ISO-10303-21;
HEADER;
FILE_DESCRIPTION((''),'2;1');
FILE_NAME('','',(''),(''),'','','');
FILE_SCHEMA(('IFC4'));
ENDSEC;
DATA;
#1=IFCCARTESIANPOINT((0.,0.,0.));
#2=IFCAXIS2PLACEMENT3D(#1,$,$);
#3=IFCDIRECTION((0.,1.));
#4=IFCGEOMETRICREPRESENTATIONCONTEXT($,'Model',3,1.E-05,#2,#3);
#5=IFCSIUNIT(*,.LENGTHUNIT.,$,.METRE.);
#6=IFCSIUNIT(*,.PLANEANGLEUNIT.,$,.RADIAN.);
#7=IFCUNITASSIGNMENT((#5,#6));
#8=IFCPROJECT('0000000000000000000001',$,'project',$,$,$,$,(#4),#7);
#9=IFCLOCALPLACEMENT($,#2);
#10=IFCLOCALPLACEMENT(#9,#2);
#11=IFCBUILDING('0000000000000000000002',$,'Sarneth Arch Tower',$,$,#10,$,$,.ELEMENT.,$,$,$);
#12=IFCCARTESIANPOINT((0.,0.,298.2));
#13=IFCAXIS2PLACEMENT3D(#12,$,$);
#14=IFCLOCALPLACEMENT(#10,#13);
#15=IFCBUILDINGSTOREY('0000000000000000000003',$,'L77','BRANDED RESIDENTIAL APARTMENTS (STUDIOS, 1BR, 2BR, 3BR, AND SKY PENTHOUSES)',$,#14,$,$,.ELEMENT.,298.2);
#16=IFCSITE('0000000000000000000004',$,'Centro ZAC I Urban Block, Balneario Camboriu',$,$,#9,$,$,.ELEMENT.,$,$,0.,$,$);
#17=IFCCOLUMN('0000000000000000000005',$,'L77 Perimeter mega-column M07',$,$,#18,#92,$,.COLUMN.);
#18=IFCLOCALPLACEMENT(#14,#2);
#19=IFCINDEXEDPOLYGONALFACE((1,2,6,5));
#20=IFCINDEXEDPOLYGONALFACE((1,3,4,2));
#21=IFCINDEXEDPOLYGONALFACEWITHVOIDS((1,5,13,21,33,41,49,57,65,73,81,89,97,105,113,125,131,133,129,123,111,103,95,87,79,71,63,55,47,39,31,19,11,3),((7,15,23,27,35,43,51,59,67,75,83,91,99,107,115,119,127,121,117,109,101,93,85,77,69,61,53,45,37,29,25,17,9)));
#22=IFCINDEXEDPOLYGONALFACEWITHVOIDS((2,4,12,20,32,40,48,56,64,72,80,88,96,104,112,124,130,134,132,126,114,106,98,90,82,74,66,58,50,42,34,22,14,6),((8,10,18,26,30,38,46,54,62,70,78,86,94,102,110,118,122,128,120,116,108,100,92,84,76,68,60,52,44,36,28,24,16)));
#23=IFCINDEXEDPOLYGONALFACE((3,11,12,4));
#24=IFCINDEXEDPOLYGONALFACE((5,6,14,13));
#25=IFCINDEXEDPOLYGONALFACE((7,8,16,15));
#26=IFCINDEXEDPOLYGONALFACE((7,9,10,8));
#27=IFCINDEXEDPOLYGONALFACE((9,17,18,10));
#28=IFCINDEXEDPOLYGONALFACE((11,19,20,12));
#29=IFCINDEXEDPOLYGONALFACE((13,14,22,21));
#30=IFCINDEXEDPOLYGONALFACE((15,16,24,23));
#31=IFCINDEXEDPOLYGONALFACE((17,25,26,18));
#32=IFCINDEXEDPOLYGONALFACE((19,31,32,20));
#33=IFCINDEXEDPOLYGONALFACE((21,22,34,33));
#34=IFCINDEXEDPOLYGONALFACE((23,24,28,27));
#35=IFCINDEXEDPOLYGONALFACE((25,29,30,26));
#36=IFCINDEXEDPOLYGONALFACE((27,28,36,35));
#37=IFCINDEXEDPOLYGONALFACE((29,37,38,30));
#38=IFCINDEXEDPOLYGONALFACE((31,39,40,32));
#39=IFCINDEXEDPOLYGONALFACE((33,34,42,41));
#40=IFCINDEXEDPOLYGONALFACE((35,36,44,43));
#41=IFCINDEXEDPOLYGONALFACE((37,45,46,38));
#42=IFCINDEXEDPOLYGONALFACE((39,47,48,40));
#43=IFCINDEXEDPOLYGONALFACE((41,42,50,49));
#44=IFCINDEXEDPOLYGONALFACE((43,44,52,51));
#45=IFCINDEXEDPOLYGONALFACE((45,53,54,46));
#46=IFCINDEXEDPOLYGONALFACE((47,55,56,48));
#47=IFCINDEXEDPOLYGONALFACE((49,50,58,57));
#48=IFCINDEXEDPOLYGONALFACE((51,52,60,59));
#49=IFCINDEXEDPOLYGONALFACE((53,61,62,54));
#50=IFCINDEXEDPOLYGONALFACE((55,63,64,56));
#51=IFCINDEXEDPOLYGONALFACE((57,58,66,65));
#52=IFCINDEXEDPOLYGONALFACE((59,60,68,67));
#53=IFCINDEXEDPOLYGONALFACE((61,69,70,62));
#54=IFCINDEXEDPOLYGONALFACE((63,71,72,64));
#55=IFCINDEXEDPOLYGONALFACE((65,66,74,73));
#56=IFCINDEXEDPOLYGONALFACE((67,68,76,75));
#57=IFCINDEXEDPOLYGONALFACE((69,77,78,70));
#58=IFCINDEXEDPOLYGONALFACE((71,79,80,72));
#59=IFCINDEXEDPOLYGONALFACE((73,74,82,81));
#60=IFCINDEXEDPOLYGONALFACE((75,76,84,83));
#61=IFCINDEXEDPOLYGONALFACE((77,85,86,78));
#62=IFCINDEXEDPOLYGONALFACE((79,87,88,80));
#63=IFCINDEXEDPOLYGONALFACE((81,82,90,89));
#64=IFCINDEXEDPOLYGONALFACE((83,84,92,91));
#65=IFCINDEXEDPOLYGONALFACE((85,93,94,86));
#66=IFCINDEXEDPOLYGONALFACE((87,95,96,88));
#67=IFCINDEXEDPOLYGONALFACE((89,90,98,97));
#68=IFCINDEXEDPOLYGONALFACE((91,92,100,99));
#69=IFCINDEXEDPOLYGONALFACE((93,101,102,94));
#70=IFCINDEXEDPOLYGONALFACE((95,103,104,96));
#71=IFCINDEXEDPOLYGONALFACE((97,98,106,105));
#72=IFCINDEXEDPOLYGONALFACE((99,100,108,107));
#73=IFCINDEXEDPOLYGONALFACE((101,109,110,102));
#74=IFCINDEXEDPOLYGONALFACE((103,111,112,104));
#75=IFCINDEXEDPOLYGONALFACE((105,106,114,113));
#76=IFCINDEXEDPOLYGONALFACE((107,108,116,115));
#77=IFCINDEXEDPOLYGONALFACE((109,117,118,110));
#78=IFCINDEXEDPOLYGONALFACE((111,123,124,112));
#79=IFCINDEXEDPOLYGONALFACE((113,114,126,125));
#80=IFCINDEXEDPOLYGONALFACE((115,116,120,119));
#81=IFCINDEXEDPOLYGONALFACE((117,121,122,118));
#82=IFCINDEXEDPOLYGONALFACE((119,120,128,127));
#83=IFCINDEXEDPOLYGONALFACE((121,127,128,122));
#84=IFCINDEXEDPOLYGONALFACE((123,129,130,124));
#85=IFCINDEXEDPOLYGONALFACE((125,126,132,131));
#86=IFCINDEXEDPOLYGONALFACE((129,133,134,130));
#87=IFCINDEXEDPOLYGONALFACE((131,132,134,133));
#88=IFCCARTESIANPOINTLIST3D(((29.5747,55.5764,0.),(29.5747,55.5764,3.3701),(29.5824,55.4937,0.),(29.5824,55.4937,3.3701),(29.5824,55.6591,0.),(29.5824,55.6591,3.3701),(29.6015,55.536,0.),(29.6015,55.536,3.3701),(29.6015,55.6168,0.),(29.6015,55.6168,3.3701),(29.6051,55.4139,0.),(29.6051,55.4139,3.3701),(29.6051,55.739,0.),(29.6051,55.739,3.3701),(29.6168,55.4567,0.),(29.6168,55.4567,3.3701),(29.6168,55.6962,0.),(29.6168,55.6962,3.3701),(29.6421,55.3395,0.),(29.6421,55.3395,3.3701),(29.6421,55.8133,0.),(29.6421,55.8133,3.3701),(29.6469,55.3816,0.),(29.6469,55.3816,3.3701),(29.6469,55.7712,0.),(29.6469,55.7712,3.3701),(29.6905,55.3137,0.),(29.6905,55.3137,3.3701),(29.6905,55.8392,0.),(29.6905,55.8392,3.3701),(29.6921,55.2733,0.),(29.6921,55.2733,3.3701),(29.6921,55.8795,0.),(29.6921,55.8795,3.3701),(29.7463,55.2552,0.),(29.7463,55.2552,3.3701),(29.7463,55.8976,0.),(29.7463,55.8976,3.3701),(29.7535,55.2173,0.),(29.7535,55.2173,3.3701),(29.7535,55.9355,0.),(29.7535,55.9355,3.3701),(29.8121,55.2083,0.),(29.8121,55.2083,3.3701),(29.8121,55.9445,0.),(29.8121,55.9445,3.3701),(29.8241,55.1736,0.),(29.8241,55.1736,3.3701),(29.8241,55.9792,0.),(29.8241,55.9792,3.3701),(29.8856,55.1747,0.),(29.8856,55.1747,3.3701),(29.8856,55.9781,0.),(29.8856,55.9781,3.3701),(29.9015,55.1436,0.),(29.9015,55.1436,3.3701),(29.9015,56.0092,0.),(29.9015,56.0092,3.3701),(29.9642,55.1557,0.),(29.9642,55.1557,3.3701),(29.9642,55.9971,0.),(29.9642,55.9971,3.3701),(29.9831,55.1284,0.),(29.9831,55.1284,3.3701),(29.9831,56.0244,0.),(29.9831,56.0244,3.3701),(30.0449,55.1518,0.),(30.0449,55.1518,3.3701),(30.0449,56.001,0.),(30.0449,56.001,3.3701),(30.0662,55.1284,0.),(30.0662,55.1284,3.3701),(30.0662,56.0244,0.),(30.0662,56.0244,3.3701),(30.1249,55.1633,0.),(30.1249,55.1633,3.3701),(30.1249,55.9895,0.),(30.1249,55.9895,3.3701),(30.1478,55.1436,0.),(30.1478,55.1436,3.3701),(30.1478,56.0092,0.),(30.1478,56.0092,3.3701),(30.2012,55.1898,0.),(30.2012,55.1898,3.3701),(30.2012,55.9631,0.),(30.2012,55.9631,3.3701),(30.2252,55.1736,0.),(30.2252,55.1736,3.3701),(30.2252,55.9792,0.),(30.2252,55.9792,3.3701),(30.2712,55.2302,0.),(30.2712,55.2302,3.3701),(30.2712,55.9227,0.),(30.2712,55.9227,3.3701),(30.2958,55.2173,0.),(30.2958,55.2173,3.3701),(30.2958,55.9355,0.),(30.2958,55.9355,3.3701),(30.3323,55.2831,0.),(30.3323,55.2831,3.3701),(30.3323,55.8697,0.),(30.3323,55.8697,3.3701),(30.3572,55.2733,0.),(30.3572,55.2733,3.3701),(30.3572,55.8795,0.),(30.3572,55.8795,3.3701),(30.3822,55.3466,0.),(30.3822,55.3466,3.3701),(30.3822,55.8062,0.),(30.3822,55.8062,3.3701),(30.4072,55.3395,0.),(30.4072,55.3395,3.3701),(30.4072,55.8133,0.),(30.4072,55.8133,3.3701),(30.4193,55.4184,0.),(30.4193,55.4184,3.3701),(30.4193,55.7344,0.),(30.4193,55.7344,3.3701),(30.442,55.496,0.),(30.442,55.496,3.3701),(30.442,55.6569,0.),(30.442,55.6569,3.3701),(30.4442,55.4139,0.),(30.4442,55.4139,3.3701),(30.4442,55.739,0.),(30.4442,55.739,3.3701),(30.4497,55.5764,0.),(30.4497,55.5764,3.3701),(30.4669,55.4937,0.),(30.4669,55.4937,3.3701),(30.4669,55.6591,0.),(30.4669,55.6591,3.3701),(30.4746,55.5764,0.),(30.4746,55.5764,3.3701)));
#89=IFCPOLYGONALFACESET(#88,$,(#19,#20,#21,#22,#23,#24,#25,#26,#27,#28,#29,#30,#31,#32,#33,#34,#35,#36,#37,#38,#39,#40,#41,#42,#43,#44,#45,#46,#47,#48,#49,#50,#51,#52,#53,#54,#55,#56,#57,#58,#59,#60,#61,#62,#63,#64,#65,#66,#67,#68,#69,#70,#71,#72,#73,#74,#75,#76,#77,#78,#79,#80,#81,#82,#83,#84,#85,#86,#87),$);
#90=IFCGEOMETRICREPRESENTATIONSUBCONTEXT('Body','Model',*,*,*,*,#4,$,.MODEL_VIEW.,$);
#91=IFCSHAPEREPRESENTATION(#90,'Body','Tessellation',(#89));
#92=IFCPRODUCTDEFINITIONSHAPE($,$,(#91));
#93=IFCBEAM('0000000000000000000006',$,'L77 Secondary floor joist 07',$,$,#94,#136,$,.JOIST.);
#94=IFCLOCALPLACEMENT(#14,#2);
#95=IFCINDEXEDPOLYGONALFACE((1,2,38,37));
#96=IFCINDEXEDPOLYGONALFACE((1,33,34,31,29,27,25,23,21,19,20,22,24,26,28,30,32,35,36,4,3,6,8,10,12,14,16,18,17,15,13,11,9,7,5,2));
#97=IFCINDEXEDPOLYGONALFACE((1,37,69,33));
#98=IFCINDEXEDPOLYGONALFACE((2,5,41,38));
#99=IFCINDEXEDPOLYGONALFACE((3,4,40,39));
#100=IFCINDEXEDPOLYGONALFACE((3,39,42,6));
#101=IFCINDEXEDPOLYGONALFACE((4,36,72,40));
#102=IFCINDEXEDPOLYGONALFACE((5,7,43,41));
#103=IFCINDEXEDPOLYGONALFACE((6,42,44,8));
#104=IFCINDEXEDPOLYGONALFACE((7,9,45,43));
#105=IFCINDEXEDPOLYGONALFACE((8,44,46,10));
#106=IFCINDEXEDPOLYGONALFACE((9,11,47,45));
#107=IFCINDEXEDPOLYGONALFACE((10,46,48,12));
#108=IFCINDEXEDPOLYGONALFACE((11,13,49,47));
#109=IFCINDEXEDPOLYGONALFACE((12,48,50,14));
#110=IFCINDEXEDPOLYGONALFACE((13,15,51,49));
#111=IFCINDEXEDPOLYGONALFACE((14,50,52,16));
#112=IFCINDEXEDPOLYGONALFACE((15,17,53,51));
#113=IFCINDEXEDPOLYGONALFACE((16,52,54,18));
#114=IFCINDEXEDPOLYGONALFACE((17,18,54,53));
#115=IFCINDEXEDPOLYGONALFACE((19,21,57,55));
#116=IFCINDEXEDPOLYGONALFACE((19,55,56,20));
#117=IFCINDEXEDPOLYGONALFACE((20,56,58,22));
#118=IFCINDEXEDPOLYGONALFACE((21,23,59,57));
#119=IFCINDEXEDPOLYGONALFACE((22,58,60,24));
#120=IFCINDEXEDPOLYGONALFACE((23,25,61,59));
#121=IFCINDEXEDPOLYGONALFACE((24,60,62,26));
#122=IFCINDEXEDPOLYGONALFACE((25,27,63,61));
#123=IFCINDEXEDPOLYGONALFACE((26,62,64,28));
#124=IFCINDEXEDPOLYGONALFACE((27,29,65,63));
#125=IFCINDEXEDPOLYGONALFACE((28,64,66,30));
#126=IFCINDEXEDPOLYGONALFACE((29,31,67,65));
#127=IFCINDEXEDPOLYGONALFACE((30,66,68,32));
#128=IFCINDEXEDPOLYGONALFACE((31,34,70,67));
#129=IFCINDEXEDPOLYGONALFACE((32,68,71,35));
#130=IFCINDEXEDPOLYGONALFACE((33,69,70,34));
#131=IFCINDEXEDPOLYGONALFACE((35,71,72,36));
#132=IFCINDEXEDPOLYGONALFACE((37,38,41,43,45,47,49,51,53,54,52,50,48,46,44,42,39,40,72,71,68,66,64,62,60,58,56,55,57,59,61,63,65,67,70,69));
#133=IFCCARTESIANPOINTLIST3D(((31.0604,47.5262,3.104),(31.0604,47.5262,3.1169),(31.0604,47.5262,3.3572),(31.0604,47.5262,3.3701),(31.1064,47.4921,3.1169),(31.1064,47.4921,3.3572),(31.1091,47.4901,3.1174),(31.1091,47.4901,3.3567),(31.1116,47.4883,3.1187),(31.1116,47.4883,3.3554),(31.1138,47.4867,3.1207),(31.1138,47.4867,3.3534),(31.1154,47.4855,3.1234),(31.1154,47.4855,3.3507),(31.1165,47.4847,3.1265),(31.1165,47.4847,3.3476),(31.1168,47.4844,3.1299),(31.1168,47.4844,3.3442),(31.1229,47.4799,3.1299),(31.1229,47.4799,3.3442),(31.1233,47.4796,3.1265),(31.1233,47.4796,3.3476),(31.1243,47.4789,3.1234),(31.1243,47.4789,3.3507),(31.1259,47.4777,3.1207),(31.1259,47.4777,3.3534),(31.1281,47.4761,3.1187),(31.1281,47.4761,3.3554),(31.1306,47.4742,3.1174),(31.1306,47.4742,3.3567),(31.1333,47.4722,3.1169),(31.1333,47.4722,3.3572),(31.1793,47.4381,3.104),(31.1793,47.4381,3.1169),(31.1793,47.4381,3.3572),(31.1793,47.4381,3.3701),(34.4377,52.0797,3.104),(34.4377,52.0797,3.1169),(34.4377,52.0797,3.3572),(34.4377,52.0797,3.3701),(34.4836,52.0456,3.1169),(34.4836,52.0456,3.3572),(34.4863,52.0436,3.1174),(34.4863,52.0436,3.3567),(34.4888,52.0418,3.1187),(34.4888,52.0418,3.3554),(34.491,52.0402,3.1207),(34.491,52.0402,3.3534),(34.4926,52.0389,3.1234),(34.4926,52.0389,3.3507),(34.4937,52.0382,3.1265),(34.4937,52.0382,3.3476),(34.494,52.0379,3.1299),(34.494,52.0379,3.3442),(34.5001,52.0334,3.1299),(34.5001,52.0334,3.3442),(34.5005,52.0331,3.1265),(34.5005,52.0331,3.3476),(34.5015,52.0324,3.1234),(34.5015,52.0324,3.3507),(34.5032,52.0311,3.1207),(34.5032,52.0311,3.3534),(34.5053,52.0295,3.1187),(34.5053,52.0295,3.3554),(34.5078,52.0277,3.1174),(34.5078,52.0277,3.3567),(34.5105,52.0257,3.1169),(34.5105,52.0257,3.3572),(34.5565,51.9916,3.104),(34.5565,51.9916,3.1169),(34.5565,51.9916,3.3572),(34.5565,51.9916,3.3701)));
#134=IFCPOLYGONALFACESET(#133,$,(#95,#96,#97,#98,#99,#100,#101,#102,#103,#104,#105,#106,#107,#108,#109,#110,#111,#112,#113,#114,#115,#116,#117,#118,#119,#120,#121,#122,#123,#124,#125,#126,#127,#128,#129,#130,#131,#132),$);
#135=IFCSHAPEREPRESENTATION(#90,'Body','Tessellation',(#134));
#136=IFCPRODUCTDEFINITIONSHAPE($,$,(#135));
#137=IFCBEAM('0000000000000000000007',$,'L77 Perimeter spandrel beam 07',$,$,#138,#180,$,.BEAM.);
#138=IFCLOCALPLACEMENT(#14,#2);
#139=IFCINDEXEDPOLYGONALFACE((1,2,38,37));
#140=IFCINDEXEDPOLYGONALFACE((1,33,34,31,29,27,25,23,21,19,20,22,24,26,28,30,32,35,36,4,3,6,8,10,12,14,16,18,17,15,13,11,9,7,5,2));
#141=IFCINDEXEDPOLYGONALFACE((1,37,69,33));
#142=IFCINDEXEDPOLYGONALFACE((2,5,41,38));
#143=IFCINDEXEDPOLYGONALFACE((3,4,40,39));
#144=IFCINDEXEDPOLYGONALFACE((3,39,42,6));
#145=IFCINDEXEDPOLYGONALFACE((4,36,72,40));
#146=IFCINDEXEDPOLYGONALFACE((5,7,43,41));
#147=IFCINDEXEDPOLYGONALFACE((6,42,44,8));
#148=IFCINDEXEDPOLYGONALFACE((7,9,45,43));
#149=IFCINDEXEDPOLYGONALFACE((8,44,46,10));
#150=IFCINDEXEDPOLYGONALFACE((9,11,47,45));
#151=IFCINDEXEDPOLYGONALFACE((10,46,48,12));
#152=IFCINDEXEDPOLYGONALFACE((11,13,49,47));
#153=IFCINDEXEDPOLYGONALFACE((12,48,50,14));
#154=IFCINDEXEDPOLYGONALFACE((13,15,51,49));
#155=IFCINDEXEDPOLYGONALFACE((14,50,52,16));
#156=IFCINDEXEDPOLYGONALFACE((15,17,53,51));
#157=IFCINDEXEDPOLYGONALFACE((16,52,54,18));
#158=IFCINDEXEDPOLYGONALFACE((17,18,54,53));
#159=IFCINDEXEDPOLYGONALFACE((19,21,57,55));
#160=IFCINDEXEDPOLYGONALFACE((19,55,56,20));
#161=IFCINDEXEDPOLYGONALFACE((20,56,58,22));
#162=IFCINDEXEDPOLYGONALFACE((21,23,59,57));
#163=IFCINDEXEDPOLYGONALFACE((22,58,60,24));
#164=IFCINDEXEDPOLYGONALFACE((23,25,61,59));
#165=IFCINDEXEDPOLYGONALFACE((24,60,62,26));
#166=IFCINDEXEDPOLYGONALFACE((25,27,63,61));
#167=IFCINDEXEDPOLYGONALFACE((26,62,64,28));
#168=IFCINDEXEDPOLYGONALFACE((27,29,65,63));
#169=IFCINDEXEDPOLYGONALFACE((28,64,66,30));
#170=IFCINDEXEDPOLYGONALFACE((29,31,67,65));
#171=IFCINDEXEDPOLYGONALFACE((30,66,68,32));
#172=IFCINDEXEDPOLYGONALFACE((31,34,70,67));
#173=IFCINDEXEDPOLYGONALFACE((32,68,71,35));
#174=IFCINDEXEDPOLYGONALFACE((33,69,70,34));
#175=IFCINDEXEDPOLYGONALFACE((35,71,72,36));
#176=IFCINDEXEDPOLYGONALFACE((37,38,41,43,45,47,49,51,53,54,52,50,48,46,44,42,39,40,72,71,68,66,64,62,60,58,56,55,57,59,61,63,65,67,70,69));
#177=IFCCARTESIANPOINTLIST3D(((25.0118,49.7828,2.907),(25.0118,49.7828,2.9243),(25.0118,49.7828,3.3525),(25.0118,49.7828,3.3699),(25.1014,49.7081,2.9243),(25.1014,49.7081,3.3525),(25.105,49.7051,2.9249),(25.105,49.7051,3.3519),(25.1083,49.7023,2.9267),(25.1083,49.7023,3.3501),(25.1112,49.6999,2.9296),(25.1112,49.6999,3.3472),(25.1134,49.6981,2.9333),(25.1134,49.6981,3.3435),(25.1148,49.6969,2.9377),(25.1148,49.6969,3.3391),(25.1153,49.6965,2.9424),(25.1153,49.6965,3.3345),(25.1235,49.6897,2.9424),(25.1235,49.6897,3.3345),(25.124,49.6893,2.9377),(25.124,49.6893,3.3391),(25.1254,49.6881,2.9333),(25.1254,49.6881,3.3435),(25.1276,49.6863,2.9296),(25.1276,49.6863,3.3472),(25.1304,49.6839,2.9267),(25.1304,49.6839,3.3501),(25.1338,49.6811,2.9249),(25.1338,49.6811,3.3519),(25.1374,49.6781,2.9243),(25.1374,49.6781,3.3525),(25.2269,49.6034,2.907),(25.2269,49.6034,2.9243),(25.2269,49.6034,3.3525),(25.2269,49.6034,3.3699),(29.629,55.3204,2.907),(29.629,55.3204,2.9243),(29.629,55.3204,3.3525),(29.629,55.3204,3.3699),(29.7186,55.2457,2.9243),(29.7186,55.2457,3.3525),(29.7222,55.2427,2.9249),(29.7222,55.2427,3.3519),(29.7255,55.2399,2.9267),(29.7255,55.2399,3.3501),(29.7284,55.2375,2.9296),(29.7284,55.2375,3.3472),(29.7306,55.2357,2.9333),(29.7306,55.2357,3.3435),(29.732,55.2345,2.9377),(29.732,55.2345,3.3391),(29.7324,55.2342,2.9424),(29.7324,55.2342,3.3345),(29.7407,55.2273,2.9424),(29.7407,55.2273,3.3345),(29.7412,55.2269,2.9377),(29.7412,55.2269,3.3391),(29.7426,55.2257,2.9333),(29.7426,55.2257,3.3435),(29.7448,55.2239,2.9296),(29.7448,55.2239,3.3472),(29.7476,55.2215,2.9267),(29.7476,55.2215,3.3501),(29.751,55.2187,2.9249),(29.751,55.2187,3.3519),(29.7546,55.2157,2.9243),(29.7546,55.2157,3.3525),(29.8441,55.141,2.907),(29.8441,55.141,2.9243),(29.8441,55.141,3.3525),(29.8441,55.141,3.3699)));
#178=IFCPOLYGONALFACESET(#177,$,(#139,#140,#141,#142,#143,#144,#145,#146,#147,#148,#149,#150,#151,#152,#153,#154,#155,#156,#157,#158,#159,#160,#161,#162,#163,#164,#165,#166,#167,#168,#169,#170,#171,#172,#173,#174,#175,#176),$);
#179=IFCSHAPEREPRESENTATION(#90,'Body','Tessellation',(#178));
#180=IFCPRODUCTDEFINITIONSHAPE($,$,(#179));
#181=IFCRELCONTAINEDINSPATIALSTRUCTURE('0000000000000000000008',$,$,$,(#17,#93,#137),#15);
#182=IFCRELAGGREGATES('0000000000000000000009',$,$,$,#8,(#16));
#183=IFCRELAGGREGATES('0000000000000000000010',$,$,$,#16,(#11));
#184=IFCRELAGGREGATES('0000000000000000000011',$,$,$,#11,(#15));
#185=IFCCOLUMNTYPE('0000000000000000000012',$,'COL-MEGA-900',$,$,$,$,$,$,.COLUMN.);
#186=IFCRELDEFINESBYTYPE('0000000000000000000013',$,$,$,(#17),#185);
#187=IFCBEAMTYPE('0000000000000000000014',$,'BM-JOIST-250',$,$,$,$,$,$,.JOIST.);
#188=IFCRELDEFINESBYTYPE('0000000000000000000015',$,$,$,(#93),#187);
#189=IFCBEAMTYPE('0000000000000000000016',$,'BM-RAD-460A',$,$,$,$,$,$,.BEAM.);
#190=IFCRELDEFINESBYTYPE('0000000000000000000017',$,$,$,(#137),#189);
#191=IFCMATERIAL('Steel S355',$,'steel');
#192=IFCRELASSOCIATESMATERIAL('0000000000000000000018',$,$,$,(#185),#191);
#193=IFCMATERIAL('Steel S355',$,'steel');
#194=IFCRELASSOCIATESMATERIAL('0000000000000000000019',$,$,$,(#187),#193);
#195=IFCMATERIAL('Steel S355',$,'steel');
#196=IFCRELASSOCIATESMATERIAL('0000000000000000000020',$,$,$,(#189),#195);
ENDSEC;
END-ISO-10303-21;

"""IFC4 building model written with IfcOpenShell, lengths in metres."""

from ifc_helpers import new_model, si_unit, direction, frame, origin, origin_2d, place, context, subcontext, project, spatial, hollow_circle, i_section, extrude, material, material_profile, profile_set, type_object, element, save


model = new_model("IFC4")

# Units and contexts
model_context = context("Model", 3, precision=1e-05, world=origin(), true_north=direction((0.0, 1.0)))
body_context = subcontext(model_context, "Body", "Model", "MODEL_VIEW")
ifc_project = project(units=[si_unit("LENGTHUNIT", "METRE"), si_unit("PLANEANGLEUNIT", "RADIAN")], contexts=[model_context])

# Site, building, storey
site_placement = place(None, origin())
site = spatial("IfcSite", under=ifc_project, at=site_placement, Name="Centro ZAC I Urban Block, Balneario Camboriu", CompositionType="ELEMENT", RefElevation=0.0)
building_placement = place(site_placement, origin())
building = spatial("IfcBuilding", under=site, at=building_placement, Name="Sarneth Arch Tower", CompositionType="ELEMENT")
storey_placement = place(building_placement, frame((0.0, 0.0, 298.2)))
storey = spatial("IfcBuildingStorey", under=building, at=storey_placement, Name="L77", Description="BRANDED RESIDENTIAL APARTMENTS (STUDIOS, 1BR, 2BR, 3BR, AND SKY PENTHOUSES)", CompositionType="ELEMENT", Elevation=298.2)

# Column
ifc_material_1 = material(Name="Steel S355", Category="steel")
ifc_material_profile_1 = material_profile(ifc_material_1, hollow_circle(Radius=0.45, WallThickness=0.0249, at=origin_2d()), Name="CHS900x25")
ifc_profile_set_1 = profile_set([ifc_material_profile_1], Name="Steel S355")
column_type = type_object("IfcColumnType", Name="COL-MEGA-900", PredefinedType="COLUMN", material=ifc_profile_set_1)
column_placement = place(storey_placement, frame((30.0247, 55.5764, 0.0), z_axis=(0.0, 0.0, 1.0), x_axis=(1.0, 0.0, 0.0)))
element("IfcColumn", 1, at=column_placement, inside=storey, type_object=column_type, Name="L77 Perimeter mega-column M07", PredefinedType="COLUMN", context=body_context, shape_type="SweptSolid", body=[
    extrude(hollow_circle(Radius=0.45, WallThickness=0.0249, at=origin_2d()), origin(), (0.0, 0.0, 1.0), 3.3701),
])

# Beams
ifc_material_2 = material(Name="Steel S355", Category="steel")
ifc_material_profile_2 = material_profile(ifc_material_2, i_section(OverallWidth=0.1479, OverallDepth=0.2661, WebThickness=0.0076, FlangeThickness=0.0129, FilletRadius=0.0129, at=origin_2d()), Name="W250x44.8")
ifc_profile_set_2 = profile_set([ifc_material_profile_2], Name="Steel S355")
beam_type_1 = type_object("IfcBeamType", Name="BM-JOIST-250", PredefinedType="JOIST", material=ifc_profile_set_2)
beam_1_placement = place(storey_placement, frame((34.4971, 52.0356, 3.2371), z_axis=(-0.595713, -0.803198, 0.0), x_axis=(0.803198, -0.595713, 0.0)))
element("IfcBeam", 2, at=beam_1_placement, inside=storey, type_object=beam_type_1, Name="L77 Secondary floor joist 07", PredefinedType="JOIST", context=body_context, shape_type="SweptSolid", body=[
    extrude(i_section(OverallWidth=0.1479, OverallDepth=0.2661, WebThickness=0.0076, FlangeThickness=0.0129, FilletRadius=0.0129, at=origin_2d()), origin(), (0.0, 0.0, 1.0), 5.6692),
])
ifc_material_3 = material(Name="Steel S355", Category="steel")
ifc_material_profile_3 = material_profile(ifc_material_3, i_section(OverallWidth=0.28, OverallDepth=0.4629, WebThickness=0.0107, FlangeThickness=0.0173, FilletRadius=0.0181, at=origin_2d()), Name="W460x113")
ifc_profile_set_3 = profile_set([ifc_material_profile_3], Name="Steel S355")
beam_type_2 = type_object("IfcBeamType", Name="BM-RAD-460A", PredefinedType="BEAM", material=ifc_profile_set_3)
beam_2_placement = place(storey_placement, frame((29.7366, 55.2307, 3.1384), z_axis=(-0.640391, -0.768049, 0.0), x_axis=(0.768049, -0.640391, 0.0)))
element("IfcBeam", 3, at=beam_2_placement, inside=storey, type_object=beam_type_2, Name="L77 Perimeter spandrel beam 07", PredefinedType="BEAM", context=body_context, shape_type="SweptSolid", body=[
    extrude(i_section(OverallWidth=0.28, OverallDepth=0.4629, WebThickness=0.0107, FlangeThickness=0.0173, FilletRadius=0.0181, at=origin_2d()), origin(), (0.0, 0.0, 1.0), 7.21),
])

save(model, "model.ifc")
